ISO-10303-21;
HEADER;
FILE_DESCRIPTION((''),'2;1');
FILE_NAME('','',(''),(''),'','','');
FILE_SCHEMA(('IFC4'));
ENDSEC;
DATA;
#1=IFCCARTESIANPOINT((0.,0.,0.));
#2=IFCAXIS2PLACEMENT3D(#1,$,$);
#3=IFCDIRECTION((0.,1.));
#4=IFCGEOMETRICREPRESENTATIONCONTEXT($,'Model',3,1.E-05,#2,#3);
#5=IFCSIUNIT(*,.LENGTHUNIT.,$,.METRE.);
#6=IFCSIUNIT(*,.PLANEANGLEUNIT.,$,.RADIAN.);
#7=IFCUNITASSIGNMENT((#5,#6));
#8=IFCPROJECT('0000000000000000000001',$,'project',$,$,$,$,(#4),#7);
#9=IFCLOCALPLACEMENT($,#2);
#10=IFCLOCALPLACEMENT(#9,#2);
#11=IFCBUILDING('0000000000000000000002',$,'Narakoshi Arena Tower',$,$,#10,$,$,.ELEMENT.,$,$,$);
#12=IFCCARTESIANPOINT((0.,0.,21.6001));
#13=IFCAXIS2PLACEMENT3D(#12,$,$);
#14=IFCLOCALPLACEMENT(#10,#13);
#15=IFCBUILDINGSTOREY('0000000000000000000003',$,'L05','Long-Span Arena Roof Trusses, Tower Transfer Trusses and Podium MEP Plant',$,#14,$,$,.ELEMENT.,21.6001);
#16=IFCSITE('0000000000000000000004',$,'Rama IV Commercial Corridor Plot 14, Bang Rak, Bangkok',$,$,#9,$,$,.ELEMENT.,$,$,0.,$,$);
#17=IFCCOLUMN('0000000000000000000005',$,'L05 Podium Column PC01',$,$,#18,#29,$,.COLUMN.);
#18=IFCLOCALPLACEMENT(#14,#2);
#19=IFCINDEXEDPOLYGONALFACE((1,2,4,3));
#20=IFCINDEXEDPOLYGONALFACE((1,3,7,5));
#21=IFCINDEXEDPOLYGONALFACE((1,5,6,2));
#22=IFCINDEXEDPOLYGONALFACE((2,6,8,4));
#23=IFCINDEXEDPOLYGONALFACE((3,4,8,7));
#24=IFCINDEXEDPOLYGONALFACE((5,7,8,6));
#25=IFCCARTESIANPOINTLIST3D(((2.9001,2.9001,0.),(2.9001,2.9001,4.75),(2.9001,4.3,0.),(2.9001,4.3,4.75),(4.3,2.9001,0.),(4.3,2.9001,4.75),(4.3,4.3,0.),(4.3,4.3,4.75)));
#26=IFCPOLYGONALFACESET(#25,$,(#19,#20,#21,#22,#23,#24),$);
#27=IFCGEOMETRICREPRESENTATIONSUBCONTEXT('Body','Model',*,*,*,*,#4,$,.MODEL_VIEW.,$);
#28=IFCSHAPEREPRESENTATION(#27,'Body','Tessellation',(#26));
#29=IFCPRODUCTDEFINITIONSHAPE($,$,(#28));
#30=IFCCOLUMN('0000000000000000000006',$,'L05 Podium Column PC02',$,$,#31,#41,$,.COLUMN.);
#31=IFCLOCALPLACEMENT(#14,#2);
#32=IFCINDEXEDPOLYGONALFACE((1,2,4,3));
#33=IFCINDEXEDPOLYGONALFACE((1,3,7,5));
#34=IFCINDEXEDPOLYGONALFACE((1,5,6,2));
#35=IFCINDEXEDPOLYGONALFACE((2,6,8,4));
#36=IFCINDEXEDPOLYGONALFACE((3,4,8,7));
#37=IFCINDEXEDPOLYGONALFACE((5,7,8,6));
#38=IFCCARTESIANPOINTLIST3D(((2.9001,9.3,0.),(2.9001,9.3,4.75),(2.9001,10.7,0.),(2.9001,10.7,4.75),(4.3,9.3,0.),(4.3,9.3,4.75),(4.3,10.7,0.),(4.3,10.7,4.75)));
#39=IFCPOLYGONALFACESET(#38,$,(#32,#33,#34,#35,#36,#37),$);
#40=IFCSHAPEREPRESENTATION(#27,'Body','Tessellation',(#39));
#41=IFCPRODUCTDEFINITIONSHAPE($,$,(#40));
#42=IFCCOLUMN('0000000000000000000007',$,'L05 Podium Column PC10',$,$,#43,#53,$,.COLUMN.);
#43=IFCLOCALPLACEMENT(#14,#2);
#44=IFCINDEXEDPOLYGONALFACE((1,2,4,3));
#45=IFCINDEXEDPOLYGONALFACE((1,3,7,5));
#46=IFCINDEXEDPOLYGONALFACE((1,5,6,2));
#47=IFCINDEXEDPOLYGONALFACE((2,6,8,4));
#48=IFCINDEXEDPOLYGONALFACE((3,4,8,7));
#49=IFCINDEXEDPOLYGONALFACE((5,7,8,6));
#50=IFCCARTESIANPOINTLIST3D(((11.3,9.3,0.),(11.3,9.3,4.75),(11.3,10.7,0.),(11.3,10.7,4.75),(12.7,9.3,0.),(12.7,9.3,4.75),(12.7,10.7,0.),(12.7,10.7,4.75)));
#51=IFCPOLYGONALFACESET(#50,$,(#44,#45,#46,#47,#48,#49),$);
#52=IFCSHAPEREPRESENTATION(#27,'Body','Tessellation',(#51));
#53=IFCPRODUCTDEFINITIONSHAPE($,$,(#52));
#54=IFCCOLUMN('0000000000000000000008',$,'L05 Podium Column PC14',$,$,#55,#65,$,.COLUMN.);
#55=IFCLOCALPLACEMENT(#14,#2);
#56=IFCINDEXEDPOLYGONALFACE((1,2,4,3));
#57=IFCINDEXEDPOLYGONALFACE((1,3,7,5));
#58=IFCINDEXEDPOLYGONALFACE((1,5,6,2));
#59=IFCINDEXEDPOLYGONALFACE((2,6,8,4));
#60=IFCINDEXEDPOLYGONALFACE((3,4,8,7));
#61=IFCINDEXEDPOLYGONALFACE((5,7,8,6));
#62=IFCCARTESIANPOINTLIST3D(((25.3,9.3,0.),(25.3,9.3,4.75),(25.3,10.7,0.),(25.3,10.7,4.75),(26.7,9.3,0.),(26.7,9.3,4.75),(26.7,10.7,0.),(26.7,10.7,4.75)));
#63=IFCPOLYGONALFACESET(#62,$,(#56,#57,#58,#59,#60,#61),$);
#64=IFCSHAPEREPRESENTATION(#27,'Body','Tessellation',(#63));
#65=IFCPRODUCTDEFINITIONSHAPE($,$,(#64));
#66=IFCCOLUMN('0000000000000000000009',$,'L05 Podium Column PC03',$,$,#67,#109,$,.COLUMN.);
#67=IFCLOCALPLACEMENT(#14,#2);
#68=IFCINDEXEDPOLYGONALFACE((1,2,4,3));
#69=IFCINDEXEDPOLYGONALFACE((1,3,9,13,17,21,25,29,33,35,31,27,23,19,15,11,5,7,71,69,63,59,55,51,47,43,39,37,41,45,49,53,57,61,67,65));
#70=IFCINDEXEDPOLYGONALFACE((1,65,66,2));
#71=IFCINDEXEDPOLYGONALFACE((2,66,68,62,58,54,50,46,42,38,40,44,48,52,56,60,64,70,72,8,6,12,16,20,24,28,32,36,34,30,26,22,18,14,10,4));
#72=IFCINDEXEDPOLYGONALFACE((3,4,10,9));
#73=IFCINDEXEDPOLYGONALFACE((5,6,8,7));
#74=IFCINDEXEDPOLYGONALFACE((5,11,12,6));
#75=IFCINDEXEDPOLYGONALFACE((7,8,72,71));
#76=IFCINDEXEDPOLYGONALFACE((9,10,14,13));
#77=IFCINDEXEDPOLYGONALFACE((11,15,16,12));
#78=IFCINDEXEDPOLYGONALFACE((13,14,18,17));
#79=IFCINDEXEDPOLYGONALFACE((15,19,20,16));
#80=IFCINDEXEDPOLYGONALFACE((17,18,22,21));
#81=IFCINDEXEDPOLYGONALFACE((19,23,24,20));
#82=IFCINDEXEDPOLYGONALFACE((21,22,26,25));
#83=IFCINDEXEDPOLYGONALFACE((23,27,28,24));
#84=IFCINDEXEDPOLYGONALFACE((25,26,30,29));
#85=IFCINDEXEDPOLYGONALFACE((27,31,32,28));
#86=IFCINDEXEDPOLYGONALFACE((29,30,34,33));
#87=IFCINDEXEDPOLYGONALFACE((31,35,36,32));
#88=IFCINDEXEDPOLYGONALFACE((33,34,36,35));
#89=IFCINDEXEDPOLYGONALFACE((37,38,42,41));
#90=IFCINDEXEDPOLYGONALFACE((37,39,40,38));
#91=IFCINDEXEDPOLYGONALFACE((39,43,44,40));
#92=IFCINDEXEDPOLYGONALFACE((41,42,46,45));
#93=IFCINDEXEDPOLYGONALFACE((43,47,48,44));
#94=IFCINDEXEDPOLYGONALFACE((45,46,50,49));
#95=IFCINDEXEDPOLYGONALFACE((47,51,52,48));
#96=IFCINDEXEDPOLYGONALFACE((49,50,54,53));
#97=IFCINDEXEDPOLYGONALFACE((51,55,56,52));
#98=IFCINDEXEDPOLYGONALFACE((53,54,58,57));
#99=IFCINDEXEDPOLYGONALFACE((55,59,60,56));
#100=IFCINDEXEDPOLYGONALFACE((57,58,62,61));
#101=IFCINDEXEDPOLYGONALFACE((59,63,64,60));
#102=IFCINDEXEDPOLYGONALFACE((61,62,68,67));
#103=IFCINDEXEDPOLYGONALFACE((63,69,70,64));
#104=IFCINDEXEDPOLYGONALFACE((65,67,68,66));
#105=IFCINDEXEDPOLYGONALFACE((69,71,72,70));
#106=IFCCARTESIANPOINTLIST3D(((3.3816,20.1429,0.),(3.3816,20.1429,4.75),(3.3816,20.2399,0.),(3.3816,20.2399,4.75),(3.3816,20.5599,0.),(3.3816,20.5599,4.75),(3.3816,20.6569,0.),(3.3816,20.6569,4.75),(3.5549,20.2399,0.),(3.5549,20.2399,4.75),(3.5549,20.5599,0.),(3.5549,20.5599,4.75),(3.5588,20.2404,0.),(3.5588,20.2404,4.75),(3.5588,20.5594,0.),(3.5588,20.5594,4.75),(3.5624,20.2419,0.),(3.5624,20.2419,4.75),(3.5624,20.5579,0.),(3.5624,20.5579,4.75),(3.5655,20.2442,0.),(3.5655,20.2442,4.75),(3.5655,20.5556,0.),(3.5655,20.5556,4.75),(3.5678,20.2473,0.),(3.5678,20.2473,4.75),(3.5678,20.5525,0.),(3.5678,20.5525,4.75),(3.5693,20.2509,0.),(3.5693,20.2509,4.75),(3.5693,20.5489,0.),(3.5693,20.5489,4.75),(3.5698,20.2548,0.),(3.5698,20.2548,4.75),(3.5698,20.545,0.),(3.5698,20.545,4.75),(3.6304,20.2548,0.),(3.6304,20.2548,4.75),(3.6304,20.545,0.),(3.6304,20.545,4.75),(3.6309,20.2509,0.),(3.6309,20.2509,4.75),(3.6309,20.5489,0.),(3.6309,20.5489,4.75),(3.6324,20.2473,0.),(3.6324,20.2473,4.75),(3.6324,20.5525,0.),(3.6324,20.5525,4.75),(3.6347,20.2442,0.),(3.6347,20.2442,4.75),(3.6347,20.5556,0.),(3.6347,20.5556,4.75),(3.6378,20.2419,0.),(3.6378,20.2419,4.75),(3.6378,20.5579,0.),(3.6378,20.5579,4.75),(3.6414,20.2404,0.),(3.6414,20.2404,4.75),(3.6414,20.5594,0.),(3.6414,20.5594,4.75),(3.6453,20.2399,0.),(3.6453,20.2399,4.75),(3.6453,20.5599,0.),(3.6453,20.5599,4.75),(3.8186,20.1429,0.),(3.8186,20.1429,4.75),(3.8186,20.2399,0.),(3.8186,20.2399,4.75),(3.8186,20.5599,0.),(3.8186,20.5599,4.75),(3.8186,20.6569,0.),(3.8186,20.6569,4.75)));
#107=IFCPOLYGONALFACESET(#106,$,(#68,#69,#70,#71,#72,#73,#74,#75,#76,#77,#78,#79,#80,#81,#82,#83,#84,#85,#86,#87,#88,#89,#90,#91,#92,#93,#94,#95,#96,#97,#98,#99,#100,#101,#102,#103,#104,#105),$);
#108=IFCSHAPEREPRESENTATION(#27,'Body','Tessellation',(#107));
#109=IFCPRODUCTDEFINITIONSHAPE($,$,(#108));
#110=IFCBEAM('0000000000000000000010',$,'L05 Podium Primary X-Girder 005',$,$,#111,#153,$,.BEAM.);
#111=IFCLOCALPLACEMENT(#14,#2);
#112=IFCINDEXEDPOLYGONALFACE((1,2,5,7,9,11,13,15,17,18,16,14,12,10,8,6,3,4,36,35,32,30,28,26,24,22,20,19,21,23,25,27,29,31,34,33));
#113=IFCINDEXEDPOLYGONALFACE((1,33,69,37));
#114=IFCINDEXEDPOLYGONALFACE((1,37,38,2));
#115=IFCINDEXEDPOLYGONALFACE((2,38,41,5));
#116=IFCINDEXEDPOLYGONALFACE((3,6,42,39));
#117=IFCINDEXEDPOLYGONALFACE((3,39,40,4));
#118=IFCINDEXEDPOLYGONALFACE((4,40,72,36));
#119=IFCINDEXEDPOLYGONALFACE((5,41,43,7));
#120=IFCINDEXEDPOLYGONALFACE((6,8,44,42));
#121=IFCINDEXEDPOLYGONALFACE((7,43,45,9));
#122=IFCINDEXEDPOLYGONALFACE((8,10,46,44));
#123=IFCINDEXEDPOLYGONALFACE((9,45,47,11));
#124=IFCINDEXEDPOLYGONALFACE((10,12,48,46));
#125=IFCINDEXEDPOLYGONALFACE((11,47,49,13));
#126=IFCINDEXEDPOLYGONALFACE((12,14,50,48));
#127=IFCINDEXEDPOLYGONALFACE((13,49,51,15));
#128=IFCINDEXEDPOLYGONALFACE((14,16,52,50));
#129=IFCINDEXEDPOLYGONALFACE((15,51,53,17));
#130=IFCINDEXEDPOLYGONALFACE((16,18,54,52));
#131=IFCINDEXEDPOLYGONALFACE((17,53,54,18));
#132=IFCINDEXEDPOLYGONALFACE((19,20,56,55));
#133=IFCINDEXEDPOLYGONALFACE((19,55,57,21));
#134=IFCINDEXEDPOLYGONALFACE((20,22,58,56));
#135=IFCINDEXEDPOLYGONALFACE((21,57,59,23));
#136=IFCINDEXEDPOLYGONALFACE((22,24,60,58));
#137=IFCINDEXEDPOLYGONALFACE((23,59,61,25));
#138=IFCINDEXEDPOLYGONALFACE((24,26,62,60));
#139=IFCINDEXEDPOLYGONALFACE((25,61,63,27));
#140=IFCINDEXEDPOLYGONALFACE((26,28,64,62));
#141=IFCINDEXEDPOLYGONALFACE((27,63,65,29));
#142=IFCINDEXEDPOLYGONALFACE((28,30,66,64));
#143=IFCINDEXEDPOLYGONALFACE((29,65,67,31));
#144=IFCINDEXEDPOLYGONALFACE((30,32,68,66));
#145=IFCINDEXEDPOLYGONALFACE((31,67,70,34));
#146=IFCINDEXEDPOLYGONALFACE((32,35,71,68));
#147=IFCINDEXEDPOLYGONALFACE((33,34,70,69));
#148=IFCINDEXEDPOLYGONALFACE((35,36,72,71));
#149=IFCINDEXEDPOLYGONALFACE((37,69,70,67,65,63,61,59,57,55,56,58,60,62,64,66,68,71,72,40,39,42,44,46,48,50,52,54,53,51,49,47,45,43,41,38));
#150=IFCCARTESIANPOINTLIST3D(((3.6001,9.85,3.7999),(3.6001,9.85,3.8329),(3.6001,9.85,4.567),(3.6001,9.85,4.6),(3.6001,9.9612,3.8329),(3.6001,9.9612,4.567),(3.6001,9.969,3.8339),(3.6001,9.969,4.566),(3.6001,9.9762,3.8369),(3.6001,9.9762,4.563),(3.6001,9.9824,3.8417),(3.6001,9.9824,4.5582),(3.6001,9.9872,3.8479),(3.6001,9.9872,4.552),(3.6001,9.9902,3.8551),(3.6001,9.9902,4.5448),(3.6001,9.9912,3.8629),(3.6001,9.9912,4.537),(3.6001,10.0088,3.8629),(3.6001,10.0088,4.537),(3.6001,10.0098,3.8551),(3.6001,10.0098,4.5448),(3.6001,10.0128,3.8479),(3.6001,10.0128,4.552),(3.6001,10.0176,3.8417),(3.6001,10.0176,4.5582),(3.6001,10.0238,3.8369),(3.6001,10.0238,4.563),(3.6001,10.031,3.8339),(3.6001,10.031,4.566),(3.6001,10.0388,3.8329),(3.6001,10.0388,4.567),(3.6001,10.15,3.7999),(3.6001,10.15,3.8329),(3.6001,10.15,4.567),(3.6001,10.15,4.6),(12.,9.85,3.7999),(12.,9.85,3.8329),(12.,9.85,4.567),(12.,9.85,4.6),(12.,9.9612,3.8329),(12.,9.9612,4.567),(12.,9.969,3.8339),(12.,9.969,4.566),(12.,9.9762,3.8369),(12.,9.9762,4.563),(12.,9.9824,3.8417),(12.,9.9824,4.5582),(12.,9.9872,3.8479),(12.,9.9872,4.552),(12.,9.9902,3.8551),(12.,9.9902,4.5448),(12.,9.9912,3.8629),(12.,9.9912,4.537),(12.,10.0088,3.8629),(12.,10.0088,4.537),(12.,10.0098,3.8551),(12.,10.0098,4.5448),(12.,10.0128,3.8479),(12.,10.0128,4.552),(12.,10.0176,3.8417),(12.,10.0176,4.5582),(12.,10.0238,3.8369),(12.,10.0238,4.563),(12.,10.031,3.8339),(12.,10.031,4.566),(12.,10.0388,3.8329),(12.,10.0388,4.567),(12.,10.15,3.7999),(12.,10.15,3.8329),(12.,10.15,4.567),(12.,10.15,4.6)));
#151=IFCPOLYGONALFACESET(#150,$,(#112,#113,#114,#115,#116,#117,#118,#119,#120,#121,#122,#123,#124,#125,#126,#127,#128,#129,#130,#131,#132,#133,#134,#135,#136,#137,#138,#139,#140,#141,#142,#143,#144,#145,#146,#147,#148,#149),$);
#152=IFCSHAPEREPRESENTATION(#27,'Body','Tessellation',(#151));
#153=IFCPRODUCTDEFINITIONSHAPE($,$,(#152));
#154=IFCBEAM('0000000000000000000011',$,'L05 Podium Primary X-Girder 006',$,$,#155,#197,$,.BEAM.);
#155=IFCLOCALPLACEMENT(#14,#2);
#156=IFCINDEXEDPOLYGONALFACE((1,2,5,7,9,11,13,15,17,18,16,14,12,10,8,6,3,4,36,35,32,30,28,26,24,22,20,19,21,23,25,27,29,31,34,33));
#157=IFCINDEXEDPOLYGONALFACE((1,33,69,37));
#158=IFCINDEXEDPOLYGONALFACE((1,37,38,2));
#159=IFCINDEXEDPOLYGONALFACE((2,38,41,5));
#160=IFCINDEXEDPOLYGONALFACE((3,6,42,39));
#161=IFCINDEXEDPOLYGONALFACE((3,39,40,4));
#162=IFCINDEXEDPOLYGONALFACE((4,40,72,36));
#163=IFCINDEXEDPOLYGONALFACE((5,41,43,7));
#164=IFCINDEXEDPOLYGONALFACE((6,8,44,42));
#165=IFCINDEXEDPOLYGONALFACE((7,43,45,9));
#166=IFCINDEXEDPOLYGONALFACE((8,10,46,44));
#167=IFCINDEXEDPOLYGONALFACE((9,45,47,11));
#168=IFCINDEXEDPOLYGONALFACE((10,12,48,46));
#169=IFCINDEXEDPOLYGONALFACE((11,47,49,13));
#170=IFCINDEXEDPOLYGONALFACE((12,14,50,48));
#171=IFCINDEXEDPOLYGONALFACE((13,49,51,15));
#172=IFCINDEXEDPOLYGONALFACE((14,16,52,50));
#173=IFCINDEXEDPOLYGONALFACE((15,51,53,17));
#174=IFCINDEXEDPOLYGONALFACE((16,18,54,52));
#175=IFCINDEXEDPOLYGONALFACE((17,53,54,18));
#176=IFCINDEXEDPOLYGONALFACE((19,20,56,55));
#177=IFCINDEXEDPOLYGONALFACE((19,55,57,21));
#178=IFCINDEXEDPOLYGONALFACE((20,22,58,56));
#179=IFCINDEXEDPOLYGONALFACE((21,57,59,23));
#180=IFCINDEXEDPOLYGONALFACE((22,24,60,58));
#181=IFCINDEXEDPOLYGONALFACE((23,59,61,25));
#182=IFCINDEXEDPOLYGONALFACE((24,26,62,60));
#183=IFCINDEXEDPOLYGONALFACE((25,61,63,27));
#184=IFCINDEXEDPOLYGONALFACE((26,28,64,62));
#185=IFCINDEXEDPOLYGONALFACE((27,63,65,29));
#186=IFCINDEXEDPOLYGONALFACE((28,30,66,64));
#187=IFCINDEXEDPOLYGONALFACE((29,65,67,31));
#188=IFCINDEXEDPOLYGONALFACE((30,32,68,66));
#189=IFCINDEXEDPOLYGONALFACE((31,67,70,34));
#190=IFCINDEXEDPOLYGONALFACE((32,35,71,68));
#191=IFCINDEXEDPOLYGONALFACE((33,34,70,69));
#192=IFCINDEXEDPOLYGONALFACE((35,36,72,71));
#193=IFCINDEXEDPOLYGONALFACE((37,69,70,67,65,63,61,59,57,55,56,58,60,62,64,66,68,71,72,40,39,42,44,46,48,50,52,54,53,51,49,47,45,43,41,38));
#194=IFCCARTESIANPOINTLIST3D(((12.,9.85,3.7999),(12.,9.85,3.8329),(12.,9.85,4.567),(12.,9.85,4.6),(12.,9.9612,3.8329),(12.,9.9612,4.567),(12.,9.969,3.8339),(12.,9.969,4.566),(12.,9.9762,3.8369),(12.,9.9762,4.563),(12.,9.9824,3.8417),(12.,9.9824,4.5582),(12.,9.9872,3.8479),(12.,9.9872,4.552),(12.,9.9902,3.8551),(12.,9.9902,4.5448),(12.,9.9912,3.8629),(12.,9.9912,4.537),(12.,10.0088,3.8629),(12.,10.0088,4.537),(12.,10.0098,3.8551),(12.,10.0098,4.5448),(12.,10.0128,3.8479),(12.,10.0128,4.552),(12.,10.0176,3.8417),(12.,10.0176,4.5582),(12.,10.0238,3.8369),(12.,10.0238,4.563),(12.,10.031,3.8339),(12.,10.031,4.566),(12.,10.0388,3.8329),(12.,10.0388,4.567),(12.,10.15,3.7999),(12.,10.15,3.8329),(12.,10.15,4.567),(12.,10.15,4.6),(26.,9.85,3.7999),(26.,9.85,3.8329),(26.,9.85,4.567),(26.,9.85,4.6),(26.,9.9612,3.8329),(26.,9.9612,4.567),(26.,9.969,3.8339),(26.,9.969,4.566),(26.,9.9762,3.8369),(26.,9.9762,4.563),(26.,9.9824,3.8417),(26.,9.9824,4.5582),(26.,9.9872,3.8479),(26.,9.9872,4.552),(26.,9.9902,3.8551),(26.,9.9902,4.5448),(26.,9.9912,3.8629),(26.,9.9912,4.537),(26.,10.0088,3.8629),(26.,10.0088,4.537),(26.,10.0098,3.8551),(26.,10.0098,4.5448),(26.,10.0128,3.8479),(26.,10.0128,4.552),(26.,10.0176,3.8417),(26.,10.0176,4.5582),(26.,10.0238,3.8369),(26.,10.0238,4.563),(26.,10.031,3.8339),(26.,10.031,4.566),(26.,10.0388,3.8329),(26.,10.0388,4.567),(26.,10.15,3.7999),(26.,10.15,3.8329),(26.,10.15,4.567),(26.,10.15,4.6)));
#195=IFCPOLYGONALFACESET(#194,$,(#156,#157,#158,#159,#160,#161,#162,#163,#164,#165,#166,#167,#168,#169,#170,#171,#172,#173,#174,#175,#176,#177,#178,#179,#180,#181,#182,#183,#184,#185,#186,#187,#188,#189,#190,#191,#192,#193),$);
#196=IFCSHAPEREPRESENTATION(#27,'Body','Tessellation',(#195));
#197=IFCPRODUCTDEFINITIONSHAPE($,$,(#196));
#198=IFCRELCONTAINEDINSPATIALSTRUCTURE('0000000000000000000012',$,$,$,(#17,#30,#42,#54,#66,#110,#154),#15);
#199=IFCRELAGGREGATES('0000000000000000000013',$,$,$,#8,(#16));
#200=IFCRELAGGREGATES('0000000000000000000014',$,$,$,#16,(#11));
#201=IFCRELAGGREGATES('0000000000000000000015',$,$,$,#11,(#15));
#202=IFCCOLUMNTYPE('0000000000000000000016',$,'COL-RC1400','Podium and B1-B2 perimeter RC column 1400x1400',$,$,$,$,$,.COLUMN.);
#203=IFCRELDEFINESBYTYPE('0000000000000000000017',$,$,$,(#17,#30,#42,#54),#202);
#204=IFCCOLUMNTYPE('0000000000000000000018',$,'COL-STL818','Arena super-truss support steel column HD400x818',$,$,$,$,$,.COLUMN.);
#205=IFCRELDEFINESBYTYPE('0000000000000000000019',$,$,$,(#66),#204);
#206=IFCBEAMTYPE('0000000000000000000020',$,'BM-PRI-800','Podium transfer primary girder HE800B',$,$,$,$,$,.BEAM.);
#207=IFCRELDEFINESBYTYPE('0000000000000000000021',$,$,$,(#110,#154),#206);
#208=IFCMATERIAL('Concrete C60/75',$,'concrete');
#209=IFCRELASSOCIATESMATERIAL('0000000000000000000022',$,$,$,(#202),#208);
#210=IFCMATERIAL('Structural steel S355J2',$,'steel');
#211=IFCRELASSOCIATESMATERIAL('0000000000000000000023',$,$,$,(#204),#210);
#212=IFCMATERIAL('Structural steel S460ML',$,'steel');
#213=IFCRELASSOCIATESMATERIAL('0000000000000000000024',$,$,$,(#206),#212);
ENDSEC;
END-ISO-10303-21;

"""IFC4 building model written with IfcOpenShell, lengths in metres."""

from ifc_helpers import new_model, si_unit, direction, frame, origin, origin_2d, place, context, subcontext, project, spatial, rectangle, i_section, extrude, material, material_profile, profile_set, type_object, element, save


model = new_model("IFC4")

# Units and contexts
model_context = context("Model", 3, precision=1e-05, world=origin(), true_north=direction((0.0, 1.0)))
body_context = subcontext(model_context, "Body", "Model", "MODEL_VIEW")
ifc_project = project(units=[si_unit("LENGTHUNIT", "METRE"), si_unit("PLANEANGLEUNIT", "RADIAN")], contexts=[model_context])

# Site, building, storey
site_placement = place(None, origin())
site = spatial("IfcSite", under=ifc_project, at=site_placement, Name="Rama IV Commercial Corridor Plot 14, Bang Rak, Bangkok", CompositionType="ELEMENT", RefElevation=0.0)
building_placement = place(site_placement, origin())
building = spatial("IfcBuilding", under=site, at=building_placement, Name="Narakoshi Arena Tower", CompositionType="ELEMENT")
storey_placement = place(building_placement, frame((0.0, 0.0, 21.6001)))
storey = spatial("IfcBuildingStorey", under=building, at=storey_placement, Name="L05", Description="Long-Span Arena Roof Trusses, Tower Transfer Trusses and Podium MEP Plant", CompositionType="ELEMENT", Elevation=21.6001)

# Columns
ifc_material_1 = material(Name="Concrete C60/75", Category="concrete")
ifc_material_profile_1 = material_profile(ifc_material_1, rectangle(XDim=1.3999, YDim=1.3999, at=origin_2d()), Name="RC1400x1400")
ifc_profile_set_1 = profile_set([ifc_material_profile_1], Name="Concrete C60/75")
column_type_1 = type_object("IfcColumnType", Name="COL-RC1400", Description="Podium and B1-B2 perimeter RC column 1400x1400", PredefinedType="COLUMN", material=ifc_profile_set_1)
for number, where, z_axis, x_axis, name in (
    (1, (3.6001, 3.6001, 0.0), (0.0, 0.0, 1.0), (1.0, 0.0, 0.0), "L05 Podium Column PC01"),
    (2, (3.6001, 10.0, 0.0), (0.0, 0.0, 1.0), (1.0, 0.0, 0.0), "L05 Podium Column PC02"),
    (3, (12.0, 10.0, 0.0), (0.0, 0.0, 1.0), (1.0, 0.0, 0.0), "L05 Podium Column PC10"),
    (4, (26.0, 10.0, 0.0), (0.0, 0.0, 1.0), (1.0, 0.0, 0.0), "L05 Podium Column PC14"),
):
    element("IfcColumn", number, at=place(storey_placement, frame(where, z_axis=z_axis, x_axis=x_axis)), inside=storey, type_object=column_type_1, Name=name, PredefinedType="COLUMN", context=body_context, shape_type="SweptSolid", body=[
        extrude(rectangle(XDim=1.3999, YDim=1.3999, at=origin_2d()), origin(), (0.0, 0.0, 1.0), 4.75),
    ])
ifc_material_2 = material(Name="Structural steel S355J2", Category="steel")
ifc_material_profile_2 = material_profile(ifc_material_2, i_section(OverallWidth=0.437, OverallDepth=0.5139, WebThickness=0.0605, FlangeThickness=0.0969, FilletRadius=0.0149, at=origin_2d()), Name="HD400x818")
ifc_profile_set_2 = profile_set([ifc_material_profile_2], Name="Structural steel S355J2")
column_type_2 = type_object("IfcColumnType", Name="COL-STL818", Description="Arena super-truss support steel column HD400x818", PredefinedType="COLUMN", material=ifc_profile_set_2)
column_placement = place(storey_placement, frame((3.6001, 20.3999, 0.0), z_axis=(0.0, 0.0, 1.0), x_axis=(1.0, 0.0, 0.0)))
element("IfcColumn", 5, at=column_placement, inside=storey, type_object=column_type_2, Name="L05 Podium Column PC03", PredefinedType="COLUMN", context=body_context, shape_type="SweptSolid", body=[
    extrude(i_section(OverallWidth=0.437, OverallDepth=0.5139, WebThickness=0.0605, FlangeThickness=0.0969, FilletRadius=0.0149, at=origin_2d()), origin(), (0.0, 0.0, 1.0), 4.75),
])

# Beams
ifc_material_3 = material(Name="Structural steel S460ML", Category="steel")
ifc_material_profile_3 = material_profile(ifc_material_3, i_section(OverallWidth=0.3, OverallDepth=0.8, WebThickness=0.0176, FlangeThickness=0.033, FilletRadius=0.03, at=origin_2d()), Name="HE800B")
ifc_profile_set_3 = profile_set([ifc_material_profile_3], Name="Structural steel S460ML")
beam_type_1 = type_object("IfcBeamType", Name="BM-PRI-800", Description="Podium transfer primary girder HE800B", PredefinedType="BEAM", material=ifc_profile_set_3)
beam_1_placement = place(storey_placement, frame((3.6001, 10.0, 4.2), z_axis=(1.0, 0.0, 0.0), x_axis=(0.0, 1.0, 0.0)))
element("IfcBeam", 6, at=beam_1_placement, inside=storey, type_object=beam_type_1, Name="L05 Podium Primary X-Girder 005", PredefinedType="BEAM", context=body_context, shape_type="SweptSolid", body=[
    extrude(i_section(OverallWidth=0.3, OverallDepth=0.8, WebThickness=0.0176, FlangeThickness=0.033, FilletRadius=0.03, at=origin_2d()), origin(), (0.0, 0.0, 1.0), 8.3999),
])
for number, where, z_axis, x_axis, name in (
    (7, (12.0, 10.0, 4.2), (1.0, 0.0, 0.0), (0.0, 1.0, 0.0), "L05 Podium Primary X-Girder 006"),
):
    element("IfcBeam", number, at=place(storey_placement, frame(where, z_axis=z_axis, x_axis=x_axis)), inside=storey, type_object=beam_type_1, Name=name, PredefinedType="BEAM", context=body_context, shape_type="SweptSolid", body=[
        extrude(i_section(OverallWidth=0.3, OverallDepth=0.8, WebThickness=0.0176, FlangeThickness=0.033, FilletRadius=0.03, at=origin_2d()), origin(), (0.0, 0.0, 1.0), 14.0),
    ])

save(model, "model.ifc")
